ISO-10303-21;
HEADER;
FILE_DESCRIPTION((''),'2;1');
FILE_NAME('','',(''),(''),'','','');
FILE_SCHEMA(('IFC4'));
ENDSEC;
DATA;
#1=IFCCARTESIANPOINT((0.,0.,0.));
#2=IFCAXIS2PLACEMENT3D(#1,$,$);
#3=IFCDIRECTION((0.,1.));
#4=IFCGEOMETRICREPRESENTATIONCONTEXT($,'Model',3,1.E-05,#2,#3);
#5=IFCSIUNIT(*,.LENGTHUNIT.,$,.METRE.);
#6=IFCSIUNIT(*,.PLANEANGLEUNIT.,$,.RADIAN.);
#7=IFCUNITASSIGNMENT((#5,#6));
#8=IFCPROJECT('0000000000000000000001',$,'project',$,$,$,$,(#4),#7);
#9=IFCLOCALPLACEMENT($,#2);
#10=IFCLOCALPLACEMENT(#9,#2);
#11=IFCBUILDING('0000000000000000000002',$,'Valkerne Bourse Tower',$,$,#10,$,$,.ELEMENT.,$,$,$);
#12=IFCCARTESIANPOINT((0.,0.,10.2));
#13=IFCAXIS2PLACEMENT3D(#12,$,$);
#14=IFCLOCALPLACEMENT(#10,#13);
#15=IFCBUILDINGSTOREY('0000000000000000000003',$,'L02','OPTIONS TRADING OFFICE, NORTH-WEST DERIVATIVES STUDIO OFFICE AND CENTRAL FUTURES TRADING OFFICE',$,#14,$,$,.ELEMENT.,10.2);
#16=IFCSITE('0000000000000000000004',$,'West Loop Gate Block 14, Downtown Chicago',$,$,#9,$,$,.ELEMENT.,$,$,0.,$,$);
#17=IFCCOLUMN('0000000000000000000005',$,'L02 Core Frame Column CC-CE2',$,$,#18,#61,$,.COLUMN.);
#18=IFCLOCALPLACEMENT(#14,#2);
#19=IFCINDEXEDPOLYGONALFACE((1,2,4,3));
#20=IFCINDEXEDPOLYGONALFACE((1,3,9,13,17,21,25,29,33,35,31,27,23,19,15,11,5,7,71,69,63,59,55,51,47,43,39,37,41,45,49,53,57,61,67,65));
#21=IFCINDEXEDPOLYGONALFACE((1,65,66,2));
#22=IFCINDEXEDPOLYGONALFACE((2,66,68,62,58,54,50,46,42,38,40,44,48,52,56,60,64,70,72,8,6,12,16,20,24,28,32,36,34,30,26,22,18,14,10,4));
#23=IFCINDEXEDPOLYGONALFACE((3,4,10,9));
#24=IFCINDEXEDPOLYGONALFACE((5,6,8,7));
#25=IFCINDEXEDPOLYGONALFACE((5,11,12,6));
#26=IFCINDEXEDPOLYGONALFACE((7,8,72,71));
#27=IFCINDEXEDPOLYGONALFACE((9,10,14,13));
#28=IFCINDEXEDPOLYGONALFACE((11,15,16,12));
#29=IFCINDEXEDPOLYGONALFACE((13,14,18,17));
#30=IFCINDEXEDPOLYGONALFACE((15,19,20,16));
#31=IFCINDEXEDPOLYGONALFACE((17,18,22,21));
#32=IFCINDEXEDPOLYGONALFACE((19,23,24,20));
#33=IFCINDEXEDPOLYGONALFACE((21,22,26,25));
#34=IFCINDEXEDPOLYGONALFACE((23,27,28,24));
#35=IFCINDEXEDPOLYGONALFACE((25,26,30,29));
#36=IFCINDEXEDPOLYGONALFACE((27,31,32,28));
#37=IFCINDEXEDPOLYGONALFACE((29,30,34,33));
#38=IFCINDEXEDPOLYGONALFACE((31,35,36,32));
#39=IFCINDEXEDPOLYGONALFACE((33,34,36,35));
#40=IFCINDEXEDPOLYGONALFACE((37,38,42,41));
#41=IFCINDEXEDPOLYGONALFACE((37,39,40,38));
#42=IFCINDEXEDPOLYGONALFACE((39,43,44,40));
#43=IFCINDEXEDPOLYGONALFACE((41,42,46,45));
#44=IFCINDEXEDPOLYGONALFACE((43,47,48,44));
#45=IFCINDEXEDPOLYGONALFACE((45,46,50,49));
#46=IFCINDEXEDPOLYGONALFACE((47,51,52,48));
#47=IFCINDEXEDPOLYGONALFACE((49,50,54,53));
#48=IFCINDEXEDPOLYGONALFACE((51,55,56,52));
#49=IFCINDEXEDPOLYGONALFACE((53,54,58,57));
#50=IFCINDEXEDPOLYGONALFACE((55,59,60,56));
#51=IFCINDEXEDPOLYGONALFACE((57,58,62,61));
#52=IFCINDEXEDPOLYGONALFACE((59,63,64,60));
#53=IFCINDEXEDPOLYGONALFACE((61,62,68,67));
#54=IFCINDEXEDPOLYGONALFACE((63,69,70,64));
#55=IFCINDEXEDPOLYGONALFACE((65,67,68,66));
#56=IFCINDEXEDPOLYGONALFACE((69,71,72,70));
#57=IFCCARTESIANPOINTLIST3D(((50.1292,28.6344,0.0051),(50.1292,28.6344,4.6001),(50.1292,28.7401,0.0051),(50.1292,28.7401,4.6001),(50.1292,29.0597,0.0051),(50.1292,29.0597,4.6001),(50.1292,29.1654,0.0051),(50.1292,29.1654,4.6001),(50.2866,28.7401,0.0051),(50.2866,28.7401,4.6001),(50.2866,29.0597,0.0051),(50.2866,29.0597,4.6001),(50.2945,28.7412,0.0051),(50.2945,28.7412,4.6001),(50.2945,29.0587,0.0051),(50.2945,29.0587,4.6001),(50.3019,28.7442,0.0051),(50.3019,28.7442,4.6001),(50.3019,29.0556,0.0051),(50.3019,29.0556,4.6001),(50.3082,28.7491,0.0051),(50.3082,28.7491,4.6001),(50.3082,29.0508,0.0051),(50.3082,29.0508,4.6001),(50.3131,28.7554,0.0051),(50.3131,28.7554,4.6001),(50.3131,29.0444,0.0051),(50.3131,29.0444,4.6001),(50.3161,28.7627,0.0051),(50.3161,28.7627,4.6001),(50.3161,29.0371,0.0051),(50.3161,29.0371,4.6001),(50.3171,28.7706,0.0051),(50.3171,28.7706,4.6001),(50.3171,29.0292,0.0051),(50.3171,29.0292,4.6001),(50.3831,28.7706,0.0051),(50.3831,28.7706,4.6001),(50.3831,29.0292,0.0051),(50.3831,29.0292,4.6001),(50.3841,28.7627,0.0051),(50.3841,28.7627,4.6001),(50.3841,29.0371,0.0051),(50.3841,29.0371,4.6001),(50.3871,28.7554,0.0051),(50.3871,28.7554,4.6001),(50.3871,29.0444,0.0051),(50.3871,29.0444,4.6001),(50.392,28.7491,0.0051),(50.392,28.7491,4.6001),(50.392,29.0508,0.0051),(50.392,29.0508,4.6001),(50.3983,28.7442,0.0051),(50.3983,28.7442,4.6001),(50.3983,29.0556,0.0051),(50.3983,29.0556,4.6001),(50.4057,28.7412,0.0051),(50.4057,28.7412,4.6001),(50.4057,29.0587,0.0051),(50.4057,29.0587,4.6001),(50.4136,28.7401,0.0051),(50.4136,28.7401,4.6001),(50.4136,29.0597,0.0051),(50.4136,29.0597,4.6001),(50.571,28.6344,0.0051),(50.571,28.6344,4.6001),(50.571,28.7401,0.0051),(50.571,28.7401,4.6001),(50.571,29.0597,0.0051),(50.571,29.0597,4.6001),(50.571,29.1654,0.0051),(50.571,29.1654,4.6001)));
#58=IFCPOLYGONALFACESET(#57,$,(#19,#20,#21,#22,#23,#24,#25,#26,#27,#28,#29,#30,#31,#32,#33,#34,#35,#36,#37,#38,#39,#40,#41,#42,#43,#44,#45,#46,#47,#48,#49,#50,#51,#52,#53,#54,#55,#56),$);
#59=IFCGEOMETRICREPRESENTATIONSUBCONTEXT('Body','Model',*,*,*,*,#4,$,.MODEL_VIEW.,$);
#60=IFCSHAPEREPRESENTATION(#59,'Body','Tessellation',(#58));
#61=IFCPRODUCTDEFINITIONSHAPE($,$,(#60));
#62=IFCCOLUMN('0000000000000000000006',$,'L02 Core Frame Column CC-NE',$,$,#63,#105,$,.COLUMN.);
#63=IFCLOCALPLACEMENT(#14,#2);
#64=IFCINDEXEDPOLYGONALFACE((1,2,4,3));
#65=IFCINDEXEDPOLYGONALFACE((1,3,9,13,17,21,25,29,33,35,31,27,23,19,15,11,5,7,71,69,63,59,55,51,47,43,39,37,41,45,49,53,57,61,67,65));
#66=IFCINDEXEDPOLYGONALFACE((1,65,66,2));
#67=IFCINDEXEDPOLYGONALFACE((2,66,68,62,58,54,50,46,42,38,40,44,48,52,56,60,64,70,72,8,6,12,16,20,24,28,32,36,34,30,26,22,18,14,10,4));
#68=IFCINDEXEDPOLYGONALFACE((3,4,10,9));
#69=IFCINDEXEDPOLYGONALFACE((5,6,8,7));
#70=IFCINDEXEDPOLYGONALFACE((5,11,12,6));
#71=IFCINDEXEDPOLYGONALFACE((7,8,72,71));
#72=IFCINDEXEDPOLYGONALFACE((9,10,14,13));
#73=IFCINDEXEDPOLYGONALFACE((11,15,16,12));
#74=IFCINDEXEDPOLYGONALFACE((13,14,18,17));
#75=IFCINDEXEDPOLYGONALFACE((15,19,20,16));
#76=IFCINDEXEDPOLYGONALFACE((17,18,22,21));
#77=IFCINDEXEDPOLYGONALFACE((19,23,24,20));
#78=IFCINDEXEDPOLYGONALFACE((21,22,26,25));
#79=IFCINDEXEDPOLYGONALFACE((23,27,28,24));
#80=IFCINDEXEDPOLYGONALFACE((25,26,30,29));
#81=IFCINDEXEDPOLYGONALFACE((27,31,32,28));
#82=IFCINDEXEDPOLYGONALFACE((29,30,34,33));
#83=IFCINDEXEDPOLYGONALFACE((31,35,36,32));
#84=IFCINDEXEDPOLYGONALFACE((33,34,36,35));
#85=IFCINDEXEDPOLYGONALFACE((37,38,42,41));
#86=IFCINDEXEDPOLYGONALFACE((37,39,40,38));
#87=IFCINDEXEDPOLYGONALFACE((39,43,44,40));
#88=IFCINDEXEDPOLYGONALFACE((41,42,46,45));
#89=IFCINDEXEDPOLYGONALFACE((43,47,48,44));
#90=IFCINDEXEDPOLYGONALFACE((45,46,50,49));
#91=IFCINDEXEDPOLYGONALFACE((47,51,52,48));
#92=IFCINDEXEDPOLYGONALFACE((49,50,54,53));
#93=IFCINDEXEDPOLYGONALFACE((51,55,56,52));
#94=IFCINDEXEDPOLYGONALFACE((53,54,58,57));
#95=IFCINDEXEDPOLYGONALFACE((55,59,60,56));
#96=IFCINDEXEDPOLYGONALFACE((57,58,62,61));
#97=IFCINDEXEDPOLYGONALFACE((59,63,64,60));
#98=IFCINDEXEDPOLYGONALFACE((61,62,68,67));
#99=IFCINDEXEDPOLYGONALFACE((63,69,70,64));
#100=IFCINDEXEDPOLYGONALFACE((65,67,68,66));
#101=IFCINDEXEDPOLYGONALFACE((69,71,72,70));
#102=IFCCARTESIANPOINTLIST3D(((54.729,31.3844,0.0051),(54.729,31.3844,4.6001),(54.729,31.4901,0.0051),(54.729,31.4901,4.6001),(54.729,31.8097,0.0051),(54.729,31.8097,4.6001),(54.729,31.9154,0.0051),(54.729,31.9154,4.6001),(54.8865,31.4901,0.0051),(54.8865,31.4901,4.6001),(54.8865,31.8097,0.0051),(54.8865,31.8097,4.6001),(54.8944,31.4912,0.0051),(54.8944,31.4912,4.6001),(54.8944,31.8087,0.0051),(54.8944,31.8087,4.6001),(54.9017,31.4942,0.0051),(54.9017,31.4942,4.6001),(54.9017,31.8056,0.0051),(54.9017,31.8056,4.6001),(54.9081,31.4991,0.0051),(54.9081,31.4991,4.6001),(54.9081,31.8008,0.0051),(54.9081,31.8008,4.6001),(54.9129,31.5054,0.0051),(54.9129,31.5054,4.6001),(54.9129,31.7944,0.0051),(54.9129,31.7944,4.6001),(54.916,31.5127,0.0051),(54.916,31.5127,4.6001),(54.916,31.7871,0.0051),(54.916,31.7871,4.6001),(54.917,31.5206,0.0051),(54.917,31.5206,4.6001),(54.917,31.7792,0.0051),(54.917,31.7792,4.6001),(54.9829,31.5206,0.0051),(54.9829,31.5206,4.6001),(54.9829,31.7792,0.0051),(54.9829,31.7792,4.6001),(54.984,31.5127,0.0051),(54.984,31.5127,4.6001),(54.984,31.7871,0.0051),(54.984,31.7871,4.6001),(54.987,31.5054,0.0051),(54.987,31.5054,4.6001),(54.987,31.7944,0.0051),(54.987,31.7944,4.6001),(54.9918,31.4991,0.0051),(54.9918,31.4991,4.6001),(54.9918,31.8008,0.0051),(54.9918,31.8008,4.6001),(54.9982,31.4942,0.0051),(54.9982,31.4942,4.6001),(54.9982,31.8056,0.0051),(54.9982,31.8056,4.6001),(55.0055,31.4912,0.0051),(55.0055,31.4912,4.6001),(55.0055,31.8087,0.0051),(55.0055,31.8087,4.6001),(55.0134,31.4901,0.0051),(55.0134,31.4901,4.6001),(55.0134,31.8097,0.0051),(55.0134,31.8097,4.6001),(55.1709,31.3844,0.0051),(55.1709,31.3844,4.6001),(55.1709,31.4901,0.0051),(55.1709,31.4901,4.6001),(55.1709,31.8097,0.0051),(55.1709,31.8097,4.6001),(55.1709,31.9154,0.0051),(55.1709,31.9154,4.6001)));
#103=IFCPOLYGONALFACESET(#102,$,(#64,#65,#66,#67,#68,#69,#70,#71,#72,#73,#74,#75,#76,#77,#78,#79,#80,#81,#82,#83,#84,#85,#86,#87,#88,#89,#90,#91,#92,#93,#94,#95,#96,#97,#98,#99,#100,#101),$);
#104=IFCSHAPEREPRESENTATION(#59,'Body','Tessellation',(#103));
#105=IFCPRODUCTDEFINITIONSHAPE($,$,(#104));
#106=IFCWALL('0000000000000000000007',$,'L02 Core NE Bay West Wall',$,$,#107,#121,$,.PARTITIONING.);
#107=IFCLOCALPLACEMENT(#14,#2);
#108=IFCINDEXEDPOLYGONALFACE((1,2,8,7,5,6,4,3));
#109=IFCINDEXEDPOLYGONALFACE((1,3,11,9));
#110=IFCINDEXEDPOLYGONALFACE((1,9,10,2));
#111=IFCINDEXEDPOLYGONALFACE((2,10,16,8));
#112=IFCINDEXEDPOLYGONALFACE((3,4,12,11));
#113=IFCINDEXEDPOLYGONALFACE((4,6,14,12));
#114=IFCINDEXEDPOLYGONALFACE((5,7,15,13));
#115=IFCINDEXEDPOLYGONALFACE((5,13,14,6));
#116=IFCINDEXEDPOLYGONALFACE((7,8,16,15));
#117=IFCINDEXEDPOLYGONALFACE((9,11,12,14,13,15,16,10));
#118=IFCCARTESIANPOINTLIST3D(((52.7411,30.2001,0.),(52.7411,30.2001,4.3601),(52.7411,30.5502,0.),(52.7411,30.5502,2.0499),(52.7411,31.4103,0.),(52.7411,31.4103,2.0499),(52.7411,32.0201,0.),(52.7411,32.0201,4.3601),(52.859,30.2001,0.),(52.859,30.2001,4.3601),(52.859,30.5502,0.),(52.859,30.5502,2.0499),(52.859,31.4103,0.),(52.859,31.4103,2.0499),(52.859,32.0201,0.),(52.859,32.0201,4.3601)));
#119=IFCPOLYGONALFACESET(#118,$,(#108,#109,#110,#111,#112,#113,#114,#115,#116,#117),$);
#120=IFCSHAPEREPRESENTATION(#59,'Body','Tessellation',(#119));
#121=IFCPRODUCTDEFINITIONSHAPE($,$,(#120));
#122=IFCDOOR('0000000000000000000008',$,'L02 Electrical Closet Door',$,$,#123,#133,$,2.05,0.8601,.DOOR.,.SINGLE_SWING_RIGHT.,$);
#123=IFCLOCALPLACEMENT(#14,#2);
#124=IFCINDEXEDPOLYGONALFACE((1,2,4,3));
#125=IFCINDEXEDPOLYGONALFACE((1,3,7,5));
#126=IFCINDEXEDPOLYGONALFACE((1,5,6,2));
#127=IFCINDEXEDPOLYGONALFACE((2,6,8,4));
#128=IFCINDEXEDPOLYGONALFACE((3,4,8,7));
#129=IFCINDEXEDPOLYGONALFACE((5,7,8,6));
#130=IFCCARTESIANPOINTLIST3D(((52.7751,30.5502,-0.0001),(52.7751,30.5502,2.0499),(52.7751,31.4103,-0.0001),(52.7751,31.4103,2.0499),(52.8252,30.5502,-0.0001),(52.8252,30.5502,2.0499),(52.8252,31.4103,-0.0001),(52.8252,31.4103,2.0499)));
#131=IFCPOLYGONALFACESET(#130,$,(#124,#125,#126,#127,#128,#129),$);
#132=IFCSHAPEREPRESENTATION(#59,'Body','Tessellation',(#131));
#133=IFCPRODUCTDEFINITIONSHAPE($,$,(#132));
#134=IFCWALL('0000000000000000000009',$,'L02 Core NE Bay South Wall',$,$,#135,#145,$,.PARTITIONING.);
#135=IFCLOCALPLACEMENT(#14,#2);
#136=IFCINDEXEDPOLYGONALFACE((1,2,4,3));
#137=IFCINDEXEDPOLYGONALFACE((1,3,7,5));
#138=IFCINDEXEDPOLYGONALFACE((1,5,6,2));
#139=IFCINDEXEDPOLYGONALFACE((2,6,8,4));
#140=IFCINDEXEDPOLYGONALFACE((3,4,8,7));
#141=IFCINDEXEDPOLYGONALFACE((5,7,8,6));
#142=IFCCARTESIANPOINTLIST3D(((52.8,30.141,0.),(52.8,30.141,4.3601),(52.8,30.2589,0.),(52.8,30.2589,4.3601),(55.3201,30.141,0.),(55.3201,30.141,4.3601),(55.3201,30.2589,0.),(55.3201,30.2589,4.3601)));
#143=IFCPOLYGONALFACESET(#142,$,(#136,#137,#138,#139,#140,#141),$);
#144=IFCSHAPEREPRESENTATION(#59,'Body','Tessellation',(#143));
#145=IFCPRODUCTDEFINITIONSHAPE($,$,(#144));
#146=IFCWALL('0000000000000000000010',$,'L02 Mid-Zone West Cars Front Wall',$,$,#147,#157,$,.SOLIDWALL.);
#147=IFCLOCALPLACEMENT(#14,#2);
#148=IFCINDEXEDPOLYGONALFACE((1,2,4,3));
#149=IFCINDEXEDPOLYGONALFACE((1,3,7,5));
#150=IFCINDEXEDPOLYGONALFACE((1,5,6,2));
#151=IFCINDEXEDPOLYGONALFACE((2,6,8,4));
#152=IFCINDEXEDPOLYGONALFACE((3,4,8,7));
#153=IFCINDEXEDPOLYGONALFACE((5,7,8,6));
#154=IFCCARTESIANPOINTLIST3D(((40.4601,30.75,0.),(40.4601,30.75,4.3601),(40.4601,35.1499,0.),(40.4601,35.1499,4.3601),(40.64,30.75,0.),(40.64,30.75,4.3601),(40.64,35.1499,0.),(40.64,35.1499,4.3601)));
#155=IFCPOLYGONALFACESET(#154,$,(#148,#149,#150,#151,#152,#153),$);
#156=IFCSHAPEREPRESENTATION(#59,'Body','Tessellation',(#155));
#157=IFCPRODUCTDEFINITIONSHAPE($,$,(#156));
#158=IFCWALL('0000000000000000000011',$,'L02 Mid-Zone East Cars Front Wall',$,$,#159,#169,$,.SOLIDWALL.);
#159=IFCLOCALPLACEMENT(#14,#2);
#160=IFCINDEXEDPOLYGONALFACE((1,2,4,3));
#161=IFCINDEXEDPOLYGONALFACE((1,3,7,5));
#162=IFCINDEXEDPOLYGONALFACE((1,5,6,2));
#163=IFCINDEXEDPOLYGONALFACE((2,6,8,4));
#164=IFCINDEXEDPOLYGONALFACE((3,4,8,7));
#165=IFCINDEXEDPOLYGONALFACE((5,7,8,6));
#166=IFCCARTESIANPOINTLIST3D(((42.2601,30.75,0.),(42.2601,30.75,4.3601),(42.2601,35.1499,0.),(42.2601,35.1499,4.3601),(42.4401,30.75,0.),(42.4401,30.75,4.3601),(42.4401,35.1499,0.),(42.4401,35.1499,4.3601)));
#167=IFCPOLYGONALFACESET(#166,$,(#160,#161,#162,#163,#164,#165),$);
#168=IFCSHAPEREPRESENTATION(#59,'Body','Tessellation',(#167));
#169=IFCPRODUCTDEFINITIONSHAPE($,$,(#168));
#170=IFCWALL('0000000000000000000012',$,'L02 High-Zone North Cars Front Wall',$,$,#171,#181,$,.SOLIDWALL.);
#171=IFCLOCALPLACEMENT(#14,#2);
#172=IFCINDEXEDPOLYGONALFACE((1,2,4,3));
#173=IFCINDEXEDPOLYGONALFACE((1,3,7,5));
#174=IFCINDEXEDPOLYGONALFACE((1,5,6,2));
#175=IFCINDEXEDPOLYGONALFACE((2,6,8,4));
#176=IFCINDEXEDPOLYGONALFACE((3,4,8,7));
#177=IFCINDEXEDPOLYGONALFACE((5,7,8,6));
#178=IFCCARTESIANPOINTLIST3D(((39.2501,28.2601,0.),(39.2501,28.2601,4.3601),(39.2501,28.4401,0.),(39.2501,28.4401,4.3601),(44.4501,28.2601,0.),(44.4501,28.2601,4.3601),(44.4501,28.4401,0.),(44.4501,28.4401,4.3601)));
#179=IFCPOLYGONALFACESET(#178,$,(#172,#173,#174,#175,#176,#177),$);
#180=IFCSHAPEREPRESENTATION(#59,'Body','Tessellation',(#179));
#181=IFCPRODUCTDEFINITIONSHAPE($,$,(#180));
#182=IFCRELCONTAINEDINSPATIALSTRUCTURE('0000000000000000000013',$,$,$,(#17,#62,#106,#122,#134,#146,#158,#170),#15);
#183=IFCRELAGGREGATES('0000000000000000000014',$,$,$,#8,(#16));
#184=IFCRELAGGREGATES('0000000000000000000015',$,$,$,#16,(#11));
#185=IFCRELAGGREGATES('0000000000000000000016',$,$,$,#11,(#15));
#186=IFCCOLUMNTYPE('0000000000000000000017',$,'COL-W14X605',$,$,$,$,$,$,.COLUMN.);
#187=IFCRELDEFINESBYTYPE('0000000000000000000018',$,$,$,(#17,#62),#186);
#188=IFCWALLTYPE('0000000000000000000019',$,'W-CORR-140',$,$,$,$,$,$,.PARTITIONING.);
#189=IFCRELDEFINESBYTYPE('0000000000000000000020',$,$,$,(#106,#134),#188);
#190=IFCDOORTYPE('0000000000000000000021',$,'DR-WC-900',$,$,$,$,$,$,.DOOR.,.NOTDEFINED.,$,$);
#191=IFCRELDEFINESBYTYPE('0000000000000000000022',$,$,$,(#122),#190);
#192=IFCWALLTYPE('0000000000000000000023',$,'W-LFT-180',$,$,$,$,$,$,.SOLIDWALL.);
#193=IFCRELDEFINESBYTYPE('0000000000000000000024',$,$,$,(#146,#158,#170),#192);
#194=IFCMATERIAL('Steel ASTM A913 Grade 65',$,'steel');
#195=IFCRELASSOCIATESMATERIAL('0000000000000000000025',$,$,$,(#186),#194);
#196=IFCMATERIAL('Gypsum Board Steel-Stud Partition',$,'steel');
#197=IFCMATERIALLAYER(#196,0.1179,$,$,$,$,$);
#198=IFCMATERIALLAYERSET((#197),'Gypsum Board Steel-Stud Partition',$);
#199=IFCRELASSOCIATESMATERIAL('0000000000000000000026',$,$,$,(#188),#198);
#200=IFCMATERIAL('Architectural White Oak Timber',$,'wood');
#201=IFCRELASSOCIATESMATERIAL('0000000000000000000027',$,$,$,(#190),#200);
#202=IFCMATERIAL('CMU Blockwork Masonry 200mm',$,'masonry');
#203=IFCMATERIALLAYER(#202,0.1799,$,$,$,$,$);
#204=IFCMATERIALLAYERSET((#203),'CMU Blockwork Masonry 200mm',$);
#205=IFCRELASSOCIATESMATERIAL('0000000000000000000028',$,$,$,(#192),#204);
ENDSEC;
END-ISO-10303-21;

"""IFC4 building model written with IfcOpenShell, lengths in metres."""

from ifc_helpers import new_model, si_unit, direction, frame, frame_2d, origin, origin_2d, place, context, subcontext, project, spatial, rectangle, i_section, extrude, material, layer, layer_set, material_profile, profile_set, type_object, element, fill, save


model = new_model("IFC4")

# Units and contexts
model_context = context("Model", 3, precision=1e-05, world=origin(), true_north=direction((0.0, 1.0)))
body_context = subcontext(model_context, "Body", "Model", "MODEL_VIEW")
ifc_project = project(units=[si_unit("LENGTHUNIT", "METRE"), si_unit("PLANEANGLEUNIT", "RADIAN")], contexts=[model_context])

# Site, building, storey
site_placement = place(None, origin())
site = spatial("IfcSite", under=ifc_project, at=site_placement, Name="West Loop Gate Block 14, Downtown Chicago", CompositionType="ELEMENT", RefElevation=0.0)
building_placement = place(site_placement, origin())
building = spatial("IfcBuilding", under=site, at=building_placement, Name="Valkerne Bourse Tower", CompositionType="ELEMENT")
storey_placement = place(building_placement, frame((0.0, 0.0, 10.2)))
storey = spatial("IfcBuildingStorey", under=building, at=storey_placement, Name="L02", Description="OPTIONS TRADING OFFICE, NORTH-WEST DERIVATIVES STUDIO OFFICE AND CENTRAL FUTURES TRADING OFFICE", CompositionType="ELEMENT", Elevation=10.2)

# Columns
ifc_material_1 = material(Name="Steel ASTM A913 Grade 65", Category="steel")
ifc_material_profile = material_profile(ifc_material_1, i_section(OverallWidth=0.4419, OverallDepth=0.531, WebThickness=0.0659, FlangeThickness=0.1057, FilletRadius=0.0305, at=origin_2d()), Name="W14X605")
ifc_profile_set = profile_set([ifc_material_profile], Name="Steel ASTM A913 Grade 65")
column_type = type_object("IfcColumnType", Name="COL-W14X605", PredefinedType="COLUMN", material=ifc_profile_set)
for number, where, z_axis, x_axis, name in (
    (1, (50.3501, 28.8999, 0.0051), (0.0, 0.0, 1.0), (1.0, 0.0, 0.0), "L02 Core Frame Column CC-CE2"),
    (2, (54.95, 31.6499, 0.0051), (0.0, 0.0, 1.0), (1.0, 0.0, 0.0), "L02 Core Frame Column CC-NE"),
):
    element("IfcColumn", number, at=place(storey_placement, frame(where, z_axis=z_axis, x_axis=x_axis)), inside=storey, type_object=column_type, Name=name, PredefinedType="COLUMN", context=body_context, shape_type="SweptSolid", body=[
        extrude(i_section(OverallWidth=0.4419, OverallDepth=0.531, WebThickness=0.0659, FlangeThickness=0.1057, FilletRadius=0.0305, at=origin_2d()), origin(), (0.0, 0.0, 1.0), 4.595),
    ])

# Wall, opening, door
ifc_material_2 = material(Name="Gypsum Board Steel-Stud Partition", Category="steel")
ifc_layer_1 = layer(ifc_material_2, 0.1179)
ifc_layer_set_1 = layer_set([ifc_layer_1], Name="Gypsum Board Steel-Stud Partition")
wall_type_1 = type_object("IfcWallType", Name="W-CORR-140", PredefinedType="PARTITIONING", material=ifc_layer_set_1)
wall_1_placement = place(storey_placement, frame((52.8, 30.2, 0.0), z_axis=(0.0, 0.0, 1.0), x_axis=(0.0, 1.0, 0.0)))
wall_1 = element("IfcWall", 3, at=wall_1_placement, inside=storey, type_object=wall_type_1, Name="L02 Core NE Bay West Wall", PredefinedType="PARTITIONING", context=body_context, shape_type="SweptSolid", body=[
    extrude(rectangle(XDim=1.8201, YDim=0.1179, at=frame_2d((0.9102, 0.0))), origin(), (0.0, 0.0, 1.0), 4.3601),
])
opening_1_placement = place(wall_1_placement, frame((0.3501, 0.0, 0.0)))
opening_1 = element("IfcOpeningElement", 4, at=opening_1_placement, cuts=wall_1, PredefinedType="OPENING", context=body_context, shape_type="SweptSolid", body=[
    extrude(rectangle(XDim=0.8601, YDim=2.05, at=frame_2d((0.4302, 1.0249))), frame((0.0, 0.0688, 0.0), z_axis=(0.0, -1.0, 0.0), x_axis=(1.0, 0.0, 0.0)), (0.0, 0.0, 1.0), 0.1379),
])
ifc_material_3 = material(Name="Architectural White Oak Timber", Category="wood")
door_type_1 = type_object("IfcDoorType", Name="DR-WC-900", OperationType="NOTDEFINED", PredefinedType="DOOR", material=ifc_material_3)
door_1_placement = place(opening_1_placement, origin())
door_1 = element("IfcDoor", 5, at=door_1_placement, inside=storey, type_object=door_type_1, Name="L02 Electrical Closet Door", OperationType="SINGLE_SWING_RIGHT", OverallHeight=2.05, OverallWidth=0.8601, PredefinedType="DOOR", context=body_context, shape_type="SweptSolid", body=[
    extrude(rectangle(XDim=0.8601, YDim=2.05, at=frame_2d((0.4302, 1.0249))), frame((0.0, 0.0249, 0.0), z_axis=(0.0, -1.0, 0.0), x_axis=(1.0, 0.0, 0.0)), (0.0, 0.0, 1.0), 0.05),
])
fill(opening_1, door_1)

# Walls
wall_2_placement = place(storey_placement, frame((52.8, 30.2, 0.0), z_axis=(0.0, 0.0, 1.0), x_axis=(1.0, 0.0, 0.0)))
element("IfcWall", 6, at=wall_2_placement, inside=storey, type_object=wall_type_1, Name="L02 Core NE Bay South Wall", PredefinedType="PARTITIONING", context=body_context, shape_type="SweptSolid", body=[
    extrude(rectangle(XDim=2.52, YDim=0.1179, at=frame_2d((1.26, 0.0))), origin(), (0.0, 0.0, 1.0), 4.3601),
])
ifc_material_4 = material(Name="CMU Blockwork Masonry 200mm", Category="masonry")
ifc_layer_2 = layer(ifc_material_4, 0.1799)
ifc_layer_set_2 = layer_set([ifc_layer_2], Name="CMU Blockwork Masonry 200mm")
wall_type_2 = type_object("IfcWallType", Name="W-LFT-180", PredefinedType="SOLIDWALL", material=ifc_layer_set_2)
for number, where, z_axis, x_axis, name in (
    (7, (40.55, 30.75, 0.0), (0.0, 0.0, 1.0), (0.0, 1.0, 0.0), "L02 Mid-Zone West Cars Front Wall"),
    (8, (42.3501, 30.75, 0.0), (0.0, 0.0, 1.0), (0.0, 1.0, 0.0), "L02 Mid-Zone East Cars Front Wall"),
):
    element("IfcWall", number, at=place(storey_placement, frame(where, z_axis=z_axis, x_axis=x_axis)), inside=storey, type_object=wall_type_2, Name=name, PredefinedType="SOLIDWALL", context=body_context, shape_type="SweptSolid", body=[
        extrude(rectangle(XDim=4.3999, YDim=0.1799, at=frame_2d((2.2, 0.0))), origin(), (0.0, 0.0, 1.0), 4.3601),
    ])
wall_3_placement = place(storey_placement, frame((39.25, 28.3501, 0.0), z_axis=(0.0, 0.0, 1.0), x_axis=(1.0, 0.0, 0.0)))
element("IfcWall", 9, at=wall_3_placement, inside=storey, type_object=wall_type_2, Name="L02 High-Zone North Cars Front Wall", PredefinedType="SOLIDWALL", context=body_context, shape_type="SweptSolid", body=[
    extrude(rectangle(XDim=5.2, YDim=0.1799, at=frame_2d((2.6001, 0.0))), origin(), (0.0, 0.0, 1.0), 4.3601),
])

save(model, "model.ifc")
